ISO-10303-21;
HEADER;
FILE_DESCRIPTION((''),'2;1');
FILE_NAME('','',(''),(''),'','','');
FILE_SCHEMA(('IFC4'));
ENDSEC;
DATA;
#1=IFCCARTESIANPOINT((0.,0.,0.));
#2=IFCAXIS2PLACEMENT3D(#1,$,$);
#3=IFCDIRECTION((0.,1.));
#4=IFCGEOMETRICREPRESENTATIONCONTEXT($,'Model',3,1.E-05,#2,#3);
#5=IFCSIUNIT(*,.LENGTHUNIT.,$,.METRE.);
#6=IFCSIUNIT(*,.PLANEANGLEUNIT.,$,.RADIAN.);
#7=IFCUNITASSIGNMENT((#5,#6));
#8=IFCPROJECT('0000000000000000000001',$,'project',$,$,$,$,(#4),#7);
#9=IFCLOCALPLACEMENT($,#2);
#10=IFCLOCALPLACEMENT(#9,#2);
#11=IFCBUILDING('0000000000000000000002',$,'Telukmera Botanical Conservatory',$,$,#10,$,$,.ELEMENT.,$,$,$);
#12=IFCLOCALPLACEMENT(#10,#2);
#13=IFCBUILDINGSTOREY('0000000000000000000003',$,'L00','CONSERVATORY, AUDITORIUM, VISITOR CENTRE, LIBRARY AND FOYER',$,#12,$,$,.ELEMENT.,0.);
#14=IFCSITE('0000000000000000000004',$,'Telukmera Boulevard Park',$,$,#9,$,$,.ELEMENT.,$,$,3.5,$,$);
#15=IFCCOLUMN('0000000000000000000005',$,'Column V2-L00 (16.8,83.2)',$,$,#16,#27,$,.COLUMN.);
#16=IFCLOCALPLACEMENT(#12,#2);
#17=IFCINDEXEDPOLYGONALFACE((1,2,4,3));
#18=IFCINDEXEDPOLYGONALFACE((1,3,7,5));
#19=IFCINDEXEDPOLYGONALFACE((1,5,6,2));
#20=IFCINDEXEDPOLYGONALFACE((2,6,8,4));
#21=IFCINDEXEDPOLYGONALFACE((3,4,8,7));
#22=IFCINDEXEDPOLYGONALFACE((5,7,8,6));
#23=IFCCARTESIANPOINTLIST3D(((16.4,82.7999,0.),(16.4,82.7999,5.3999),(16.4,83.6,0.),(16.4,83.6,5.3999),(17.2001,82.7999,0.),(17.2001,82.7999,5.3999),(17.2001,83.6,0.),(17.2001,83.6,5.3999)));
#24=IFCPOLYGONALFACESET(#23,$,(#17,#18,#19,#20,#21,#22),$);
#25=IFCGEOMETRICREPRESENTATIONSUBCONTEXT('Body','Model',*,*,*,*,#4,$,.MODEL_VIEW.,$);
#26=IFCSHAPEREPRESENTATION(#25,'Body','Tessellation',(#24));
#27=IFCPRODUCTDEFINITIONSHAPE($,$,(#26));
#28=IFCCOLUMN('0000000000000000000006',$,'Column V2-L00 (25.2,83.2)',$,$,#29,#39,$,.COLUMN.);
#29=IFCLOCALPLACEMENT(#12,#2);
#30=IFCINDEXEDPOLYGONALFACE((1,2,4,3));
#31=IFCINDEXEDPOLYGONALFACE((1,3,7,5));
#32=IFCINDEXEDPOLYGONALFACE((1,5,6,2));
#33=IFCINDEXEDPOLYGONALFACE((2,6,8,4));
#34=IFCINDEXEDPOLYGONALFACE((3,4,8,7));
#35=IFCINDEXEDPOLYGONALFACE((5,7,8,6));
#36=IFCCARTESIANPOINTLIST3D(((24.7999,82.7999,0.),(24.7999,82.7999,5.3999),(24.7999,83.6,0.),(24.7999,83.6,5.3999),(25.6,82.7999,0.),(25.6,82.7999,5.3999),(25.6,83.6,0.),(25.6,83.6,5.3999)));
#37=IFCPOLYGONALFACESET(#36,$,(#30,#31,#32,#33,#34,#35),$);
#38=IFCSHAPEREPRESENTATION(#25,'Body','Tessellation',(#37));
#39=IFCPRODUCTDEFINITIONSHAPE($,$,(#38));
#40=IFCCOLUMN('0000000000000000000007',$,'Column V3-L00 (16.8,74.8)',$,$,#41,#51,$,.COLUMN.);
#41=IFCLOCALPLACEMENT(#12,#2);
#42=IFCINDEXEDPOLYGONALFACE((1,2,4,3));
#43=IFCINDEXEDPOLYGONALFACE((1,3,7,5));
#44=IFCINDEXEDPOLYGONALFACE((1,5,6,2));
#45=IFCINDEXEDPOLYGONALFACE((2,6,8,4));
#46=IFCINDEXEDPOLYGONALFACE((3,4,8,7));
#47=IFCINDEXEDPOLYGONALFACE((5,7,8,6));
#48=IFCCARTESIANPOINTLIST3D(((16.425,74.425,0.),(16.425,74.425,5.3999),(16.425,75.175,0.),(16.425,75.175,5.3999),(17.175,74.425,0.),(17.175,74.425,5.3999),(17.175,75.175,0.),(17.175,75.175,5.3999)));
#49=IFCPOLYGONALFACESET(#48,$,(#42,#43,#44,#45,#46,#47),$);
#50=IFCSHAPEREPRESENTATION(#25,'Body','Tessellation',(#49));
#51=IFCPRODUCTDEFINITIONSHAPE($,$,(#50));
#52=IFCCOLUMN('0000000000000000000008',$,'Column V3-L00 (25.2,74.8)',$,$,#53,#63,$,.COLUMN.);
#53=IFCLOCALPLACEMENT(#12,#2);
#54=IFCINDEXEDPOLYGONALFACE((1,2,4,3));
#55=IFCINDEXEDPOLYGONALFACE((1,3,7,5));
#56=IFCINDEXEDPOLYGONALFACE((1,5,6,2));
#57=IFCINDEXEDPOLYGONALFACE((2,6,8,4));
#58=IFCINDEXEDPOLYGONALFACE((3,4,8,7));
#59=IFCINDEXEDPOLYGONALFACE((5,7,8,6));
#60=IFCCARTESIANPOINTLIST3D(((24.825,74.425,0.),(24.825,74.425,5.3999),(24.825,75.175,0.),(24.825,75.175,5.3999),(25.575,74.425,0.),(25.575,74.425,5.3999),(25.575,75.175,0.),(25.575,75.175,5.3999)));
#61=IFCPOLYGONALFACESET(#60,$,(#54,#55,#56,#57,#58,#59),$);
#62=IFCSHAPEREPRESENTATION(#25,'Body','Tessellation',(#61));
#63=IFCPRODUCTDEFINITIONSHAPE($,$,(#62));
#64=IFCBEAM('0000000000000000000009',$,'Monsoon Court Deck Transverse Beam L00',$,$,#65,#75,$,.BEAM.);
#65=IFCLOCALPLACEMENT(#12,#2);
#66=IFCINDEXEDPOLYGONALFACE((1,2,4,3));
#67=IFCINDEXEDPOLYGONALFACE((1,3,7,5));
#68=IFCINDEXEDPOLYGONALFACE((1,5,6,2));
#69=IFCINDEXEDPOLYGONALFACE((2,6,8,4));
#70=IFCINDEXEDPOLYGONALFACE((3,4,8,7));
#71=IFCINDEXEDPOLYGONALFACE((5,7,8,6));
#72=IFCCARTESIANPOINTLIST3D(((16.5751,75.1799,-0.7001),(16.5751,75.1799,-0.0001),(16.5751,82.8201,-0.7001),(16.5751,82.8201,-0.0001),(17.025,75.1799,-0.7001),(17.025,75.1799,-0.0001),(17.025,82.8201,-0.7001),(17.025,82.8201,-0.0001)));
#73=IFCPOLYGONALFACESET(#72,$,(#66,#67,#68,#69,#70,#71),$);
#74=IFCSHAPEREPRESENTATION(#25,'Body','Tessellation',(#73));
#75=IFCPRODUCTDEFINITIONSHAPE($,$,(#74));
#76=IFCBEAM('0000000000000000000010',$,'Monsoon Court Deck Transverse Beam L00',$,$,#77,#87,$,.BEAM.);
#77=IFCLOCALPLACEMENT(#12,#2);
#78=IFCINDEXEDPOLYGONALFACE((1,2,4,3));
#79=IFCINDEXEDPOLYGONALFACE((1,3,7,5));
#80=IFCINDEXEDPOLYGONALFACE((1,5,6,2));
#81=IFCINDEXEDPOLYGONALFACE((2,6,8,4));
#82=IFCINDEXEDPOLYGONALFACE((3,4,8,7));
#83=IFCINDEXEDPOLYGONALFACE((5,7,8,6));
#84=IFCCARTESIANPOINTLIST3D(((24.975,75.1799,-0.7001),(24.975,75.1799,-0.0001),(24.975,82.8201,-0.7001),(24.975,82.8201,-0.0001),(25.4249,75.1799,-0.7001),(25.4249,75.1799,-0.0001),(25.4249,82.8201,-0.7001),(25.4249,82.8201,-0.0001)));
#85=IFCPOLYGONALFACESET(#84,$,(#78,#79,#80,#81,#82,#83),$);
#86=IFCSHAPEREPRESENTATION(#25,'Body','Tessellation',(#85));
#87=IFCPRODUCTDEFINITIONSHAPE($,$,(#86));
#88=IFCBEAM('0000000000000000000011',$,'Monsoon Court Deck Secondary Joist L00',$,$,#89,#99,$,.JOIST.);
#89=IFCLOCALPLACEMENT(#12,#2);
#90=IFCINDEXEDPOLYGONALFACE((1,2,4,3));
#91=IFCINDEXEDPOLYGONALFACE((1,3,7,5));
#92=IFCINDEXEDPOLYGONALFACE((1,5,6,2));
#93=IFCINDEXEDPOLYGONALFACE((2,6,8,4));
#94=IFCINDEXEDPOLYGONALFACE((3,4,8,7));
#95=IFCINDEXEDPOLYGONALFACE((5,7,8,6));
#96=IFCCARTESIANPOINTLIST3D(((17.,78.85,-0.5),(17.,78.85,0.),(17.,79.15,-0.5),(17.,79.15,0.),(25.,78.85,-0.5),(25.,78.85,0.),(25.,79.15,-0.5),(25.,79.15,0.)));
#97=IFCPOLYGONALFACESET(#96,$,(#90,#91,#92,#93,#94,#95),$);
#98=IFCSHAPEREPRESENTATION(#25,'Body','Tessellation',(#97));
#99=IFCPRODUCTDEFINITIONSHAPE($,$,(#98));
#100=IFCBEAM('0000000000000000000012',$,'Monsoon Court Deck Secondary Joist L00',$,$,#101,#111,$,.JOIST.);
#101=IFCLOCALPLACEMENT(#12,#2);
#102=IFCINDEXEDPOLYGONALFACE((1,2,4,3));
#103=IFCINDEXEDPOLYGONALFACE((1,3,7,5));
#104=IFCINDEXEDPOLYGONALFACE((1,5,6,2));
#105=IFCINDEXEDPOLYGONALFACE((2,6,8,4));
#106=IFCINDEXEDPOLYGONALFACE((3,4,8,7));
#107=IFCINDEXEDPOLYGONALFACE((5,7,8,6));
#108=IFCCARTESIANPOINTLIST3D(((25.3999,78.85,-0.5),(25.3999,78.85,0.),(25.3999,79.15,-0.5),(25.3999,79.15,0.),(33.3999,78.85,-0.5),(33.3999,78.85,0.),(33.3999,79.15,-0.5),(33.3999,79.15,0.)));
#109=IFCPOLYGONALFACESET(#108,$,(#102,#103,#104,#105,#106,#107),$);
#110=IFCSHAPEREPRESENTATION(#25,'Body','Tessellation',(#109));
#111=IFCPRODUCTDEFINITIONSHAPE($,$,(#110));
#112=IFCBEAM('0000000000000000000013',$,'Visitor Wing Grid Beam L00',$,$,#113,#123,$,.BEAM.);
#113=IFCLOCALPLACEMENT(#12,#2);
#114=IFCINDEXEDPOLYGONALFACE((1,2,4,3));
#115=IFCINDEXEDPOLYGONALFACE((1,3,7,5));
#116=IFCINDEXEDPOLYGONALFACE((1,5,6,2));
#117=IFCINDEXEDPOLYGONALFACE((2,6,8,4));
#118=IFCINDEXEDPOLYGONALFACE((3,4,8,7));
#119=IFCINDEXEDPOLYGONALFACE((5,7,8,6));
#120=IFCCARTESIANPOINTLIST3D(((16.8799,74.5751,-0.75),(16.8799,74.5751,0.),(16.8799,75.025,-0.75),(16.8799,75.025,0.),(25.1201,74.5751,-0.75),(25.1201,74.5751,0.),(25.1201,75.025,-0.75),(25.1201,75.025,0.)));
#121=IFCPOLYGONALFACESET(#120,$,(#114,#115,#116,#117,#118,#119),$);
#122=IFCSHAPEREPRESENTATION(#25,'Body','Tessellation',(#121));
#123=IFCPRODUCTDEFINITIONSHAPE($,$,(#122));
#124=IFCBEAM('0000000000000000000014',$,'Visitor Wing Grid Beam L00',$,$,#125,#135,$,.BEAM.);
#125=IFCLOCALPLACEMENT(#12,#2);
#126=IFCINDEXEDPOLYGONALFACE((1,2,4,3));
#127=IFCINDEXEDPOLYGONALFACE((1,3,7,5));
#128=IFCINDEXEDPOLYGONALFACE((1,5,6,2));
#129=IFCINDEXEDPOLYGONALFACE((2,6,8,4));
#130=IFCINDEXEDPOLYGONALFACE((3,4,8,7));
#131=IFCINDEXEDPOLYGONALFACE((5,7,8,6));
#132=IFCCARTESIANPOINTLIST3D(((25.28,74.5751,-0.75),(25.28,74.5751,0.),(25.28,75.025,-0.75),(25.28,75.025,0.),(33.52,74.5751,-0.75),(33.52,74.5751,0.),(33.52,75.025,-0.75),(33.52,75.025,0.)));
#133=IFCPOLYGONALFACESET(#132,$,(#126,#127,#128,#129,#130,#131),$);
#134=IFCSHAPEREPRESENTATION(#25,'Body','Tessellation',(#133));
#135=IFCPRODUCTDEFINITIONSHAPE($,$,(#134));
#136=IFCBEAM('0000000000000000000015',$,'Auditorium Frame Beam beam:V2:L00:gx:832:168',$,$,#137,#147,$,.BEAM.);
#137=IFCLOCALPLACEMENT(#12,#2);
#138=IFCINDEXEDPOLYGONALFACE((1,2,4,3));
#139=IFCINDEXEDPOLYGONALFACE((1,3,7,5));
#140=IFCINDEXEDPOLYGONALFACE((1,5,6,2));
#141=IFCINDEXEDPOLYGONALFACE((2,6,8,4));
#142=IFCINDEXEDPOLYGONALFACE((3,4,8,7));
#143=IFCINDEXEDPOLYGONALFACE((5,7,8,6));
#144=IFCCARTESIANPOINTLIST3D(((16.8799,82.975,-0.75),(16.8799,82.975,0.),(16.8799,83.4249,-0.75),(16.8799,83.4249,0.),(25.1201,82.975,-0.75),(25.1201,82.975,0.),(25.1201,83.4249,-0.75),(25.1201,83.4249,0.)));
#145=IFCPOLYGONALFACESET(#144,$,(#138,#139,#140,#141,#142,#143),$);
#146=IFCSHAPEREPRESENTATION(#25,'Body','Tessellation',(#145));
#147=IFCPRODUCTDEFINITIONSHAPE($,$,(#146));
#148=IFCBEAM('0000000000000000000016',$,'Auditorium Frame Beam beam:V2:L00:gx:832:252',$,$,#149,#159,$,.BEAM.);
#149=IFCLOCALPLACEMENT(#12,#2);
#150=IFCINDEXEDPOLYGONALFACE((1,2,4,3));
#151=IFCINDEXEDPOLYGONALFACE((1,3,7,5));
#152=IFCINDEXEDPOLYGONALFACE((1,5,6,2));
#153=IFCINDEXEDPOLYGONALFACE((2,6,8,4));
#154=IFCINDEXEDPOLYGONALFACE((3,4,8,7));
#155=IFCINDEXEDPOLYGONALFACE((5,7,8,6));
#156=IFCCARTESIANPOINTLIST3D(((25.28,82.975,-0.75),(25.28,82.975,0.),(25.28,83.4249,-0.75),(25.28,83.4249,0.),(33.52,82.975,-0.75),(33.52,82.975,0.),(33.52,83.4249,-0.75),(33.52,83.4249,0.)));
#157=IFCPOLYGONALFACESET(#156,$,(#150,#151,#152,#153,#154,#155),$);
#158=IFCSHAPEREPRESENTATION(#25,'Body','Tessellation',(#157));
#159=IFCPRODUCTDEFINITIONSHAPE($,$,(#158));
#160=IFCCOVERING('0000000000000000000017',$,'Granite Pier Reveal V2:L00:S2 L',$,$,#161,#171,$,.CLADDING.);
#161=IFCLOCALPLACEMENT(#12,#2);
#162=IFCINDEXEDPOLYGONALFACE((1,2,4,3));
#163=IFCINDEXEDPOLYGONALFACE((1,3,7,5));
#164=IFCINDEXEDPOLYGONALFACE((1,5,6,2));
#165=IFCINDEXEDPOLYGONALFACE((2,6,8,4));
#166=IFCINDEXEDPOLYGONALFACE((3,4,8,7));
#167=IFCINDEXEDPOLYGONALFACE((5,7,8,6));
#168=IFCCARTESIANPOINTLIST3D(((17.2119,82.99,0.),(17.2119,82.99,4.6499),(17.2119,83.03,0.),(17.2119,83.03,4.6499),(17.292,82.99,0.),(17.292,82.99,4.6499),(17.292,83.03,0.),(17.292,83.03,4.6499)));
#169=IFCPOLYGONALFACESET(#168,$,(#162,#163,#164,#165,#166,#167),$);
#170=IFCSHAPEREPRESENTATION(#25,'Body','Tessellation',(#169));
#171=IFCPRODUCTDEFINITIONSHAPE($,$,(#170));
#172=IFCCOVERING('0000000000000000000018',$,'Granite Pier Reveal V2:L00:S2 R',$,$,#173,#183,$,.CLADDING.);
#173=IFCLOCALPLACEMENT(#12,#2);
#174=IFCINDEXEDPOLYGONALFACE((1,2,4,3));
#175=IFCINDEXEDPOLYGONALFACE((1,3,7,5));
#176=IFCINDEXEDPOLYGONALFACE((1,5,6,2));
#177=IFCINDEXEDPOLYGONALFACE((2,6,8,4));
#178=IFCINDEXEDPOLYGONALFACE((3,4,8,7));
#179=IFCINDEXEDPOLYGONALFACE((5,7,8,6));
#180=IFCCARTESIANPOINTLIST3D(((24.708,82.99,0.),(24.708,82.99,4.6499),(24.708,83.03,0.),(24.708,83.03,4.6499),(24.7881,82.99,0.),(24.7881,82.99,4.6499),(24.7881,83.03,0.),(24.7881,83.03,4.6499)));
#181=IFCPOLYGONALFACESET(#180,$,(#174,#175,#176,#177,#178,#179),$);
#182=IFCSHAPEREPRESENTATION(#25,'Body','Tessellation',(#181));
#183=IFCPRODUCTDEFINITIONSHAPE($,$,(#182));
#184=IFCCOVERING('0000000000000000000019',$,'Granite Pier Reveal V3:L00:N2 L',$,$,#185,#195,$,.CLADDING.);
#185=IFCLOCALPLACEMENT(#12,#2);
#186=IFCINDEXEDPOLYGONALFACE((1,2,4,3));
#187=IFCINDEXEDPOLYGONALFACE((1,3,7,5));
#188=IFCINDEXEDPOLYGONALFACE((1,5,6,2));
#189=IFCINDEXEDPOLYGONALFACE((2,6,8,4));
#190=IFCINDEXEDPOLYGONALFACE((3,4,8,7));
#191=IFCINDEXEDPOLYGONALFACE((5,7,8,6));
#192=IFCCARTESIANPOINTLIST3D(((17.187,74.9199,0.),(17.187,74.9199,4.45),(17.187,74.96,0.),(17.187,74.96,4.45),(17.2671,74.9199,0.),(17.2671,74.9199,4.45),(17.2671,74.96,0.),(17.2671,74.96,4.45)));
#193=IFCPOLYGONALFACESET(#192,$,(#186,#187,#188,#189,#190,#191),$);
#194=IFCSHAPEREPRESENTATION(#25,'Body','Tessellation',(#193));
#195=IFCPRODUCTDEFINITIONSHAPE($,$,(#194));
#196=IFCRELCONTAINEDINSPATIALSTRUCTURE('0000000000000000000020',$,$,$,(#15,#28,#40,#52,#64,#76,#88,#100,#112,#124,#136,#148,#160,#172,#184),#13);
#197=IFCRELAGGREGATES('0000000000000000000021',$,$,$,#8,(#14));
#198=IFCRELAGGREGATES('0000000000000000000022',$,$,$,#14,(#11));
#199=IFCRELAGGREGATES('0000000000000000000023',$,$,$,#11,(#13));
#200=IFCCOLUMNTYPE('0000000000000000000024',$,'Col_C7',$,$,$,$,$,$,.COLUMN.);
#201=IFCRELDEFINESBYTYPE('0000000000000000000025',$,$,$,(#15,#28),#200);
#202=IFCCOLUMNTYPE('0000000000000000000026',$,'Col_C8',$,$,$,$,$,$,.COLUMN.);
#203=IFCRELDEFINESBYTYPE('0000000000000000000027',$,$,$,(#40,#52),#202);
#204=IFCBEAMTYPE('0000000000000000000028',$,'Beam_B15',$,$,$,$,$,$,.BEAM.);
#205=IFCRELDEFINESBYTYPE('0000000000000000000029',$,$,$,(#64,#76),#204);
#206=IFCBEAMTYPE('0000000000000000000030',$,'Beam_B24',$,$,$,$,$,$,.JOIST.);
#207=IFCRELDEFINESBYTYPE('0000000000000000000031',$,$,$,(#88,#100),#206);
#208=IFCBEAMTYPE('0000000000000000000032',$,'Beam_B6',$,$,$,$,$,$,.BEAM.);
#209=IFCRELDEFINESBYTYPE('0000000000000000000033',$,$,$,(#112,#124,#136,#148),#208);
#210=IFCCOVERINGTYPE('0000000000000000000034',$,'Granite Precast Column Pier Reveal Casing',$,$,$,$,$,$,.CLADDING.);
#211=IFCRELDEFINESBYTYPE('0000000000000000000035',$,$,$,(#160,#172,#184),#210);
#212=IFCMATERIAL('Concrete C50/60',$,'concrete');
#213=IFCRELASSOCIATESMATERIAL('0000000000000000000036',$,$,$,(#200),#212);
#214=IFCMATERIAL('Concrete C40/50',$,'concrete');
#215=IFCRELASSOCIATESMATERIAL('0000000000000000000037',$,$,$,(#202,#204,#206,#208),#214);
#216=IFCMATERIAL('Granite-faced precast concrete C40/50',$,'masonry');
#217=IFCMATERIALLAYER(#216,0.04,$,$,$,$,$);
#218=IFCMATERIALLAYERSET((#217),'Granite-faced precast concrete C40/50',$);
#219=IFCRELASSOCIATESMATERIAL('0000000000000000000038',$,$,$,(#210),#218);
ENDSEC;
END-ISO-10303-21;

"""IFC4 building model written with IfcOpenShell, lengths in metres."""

from ifc_helpers import new_model, si_unit, direction, frame, origin, origin_2d, place, context, subcontext, project, spatial, rectangle, extrude, material, layer, layer_set, material_profile, profile_set, type_object, element, save


model = new_model("IFC4")

# Units and contexts
model_context = context("Model", 3, precision=1e-05, world=origin(), true_north=direction((0.0, 1.0)))
body_context = subcontext(model_context, "Body", "Model", "MODEL_VIEW")
ifc_project = project(units=[si_unit("LENGTHUNIT", "METRE"), si_unit("PLANEANGLEUNIT", "RADIAN")], contexts=[model_context])

# Site, building, storey
site_placement = place(None, origin())
site = spatial("IfcSite", under=ifc_project, at=site_placement, Name="Telukmera Boulevard Park", CompositionType="ELEMENT", RefElevation=3.5)
building_placement = place(site_placement, origin())
building = spatial("IfcBuilding", under=site, at=building_placement, Name="Telukmera Botanical Conservatory", CompositionType="ELEMENT")
storey_placement = place(building_placement, origin())
storey = spatial("IfcBuildingStorey", under=building, at=storey_placement, Name="L00", Description="CONSERVATORY, AUDITORIUM, VISITOR CENTRE, LIBRARY AND FOYER", CompositionType="ELEMENT", Elevation=0.0)

# Columns
ifc_material_1 = material(Name="Concrete C50/60", Category="concrete")
ifc_material_profile_1 = material_profile(ifc_material_1, rectangle(XDim=0.8, YDim=0.8, at=origin_2d()), Name="RC 800x800")
ifc_profile_set_1 = profile_set([ifc_material_profile_1], Name="Concrete C50/60")
column_type_1 = type_object("IfcColumnType", Name="Col_C7", PredefinedType="COLUMN", material=ifc_profile_set_1)
for number, where, z_axis, x_axis, name in (
    (1, (16.8, 83.2, 0.0), (0.0, 0.0, 1.0), (1.0, 0.0, 0.0), "Column V2-L00 (16.8,83.2)"),
    (2, (25.2, 83.2, 0.0), (0.0, 0.0, 1.0), (1.0, 0.0, 0.0), "Column V2-L00 (25.2,83.2)"),
):
    element("IfcColumn", number, at=place(storey_placement, frame(where, z_axis=z_axis, x_axis=x_axis)), inside=storey, type_object=column_type_1, Name=name, PredefinedType="COLUMN", context=body_context, shape_type="SweptSolid", body=[
        extrude(rectangle(XDim=0.8, YDim=0.8, at=origin_2d()), origin(), (0.0, 0.0, 1.0), 5.3999),
    ])
ifc_material_2 = material(Name="Concrete C40/50", Category="concrete")
ifc_material_profile_2 = material_profile(ifc_material_2, rectangle(XDim=0.75, YDim=0.75, at=origin_2d()), Name="RC 750x750")
ifc_profile_set_2 = profile_set([ifc_material_profile_2], Name="Concrete C40/50")
column_type_2 = type_object("IfcColumnType", Name="Col_C8", PredefinedType="COLUMN", material=ifc_profile_set_2)
for number, where, z_axis, x_axis, name in (
    (3, (16.8, 74.8, 0.0), (0.0, 0.0, 1.0), (1.0, 0.0, 0.0), "Column V3-L00 (16.8,74.8)"),
    (4, (25.2, 74.8, 0.0), (0.0, 0.0, 1.0), (1.0, 0.0, 0.0), "Column V3-L00 (25.2,74.8)"),
):
    element("IfcColumn", number, at=place(storey_placement, frame(where, z_axis=z_axis, x_axis=x_axis)), inside=storey, type_object=column_type_2, Name=name, PredefinedType="COLUMN", context=body_context, shape_type="SweptSolid", body=[
        extrude(rectangle(XDim=0.75, YDim=0.75, at=origin_2d()), origin(), (0.0, 0.0, 1.0), 5.3999),
    ])

# Beams
ifc_material_profile_3 = material_profile(ifc_material_2, rectangle(XDim=0.45, YDim=0.7, at=origin_2d()), Name="RC 450x700")
ifc_profile_set_3 = profile_set([ifc_material_profile_3], Name="Concrete C40/50")
beam_type_1 = type_object("IfcBeamType", Name="Beam_B15", PredefinedType="BEAM", material=ifc_profile_set_3)
for number, where, z_axis, x_axis, name in (
    (5, (16.8, 75.1799, -0.3501), (0.0, 1.0, 0.0), (-1.0, 0.0, 0.0), "Monsoon Court Deck Transverse Beam L00"),
    (6, (25.2, 75.1799, -0.3501), (0.0, 1.0, 0.0), (-1.0, 0.0, 0.0), "Monsoon Court Deck Transverse Beam L00"),
):
    element("IfcBeam", number, at=place(storey_placement, frame(where, z_axis=z_axis, x_axis=x_axis)), inside=storey, type_object=beam_type_1, Name=name, PredefinedType="BEAM", context=body_context, shape_type="SweptSolid", body=[
        extrude(rectangle(XDim=0.45, YDim=0.7, at=origin_2d()), origin(), (0.0, 0.0, 1.0), 7.6401),
    ])
ifc_material_profile_4 = material_profile(ifc_material_2, rectangle(XDim=0.3, YDim=0.5, at=origin_2d()), Name="RC 300x500")
ifc_profile_set_4 = profile_set([ifc_material_profile_4], Name="Concrete C40/50")
beam_type_2 = type_object("IfcBeamType", Name="Beam_B24", PredefinedType="JOIST", material=ifc_profile_set_4)
for number, where, z_axis, x_axis, name in (
    (7, (17.0, 79.0, -0.25), (1.0, 0.0, 0.0), (0.0, 1.0, 0.0), "Monsoon Court Deck Secondary Joist L00"),
    (8, (25.3999, 79.0, -0.25), (1.0, 0.0, 0.0), (0.0, 1.0, 0.0), "Monsoon Court Deck Secondary Joist L00"),
):
    element("IfcBeam", number, at=place(storey_placement, frame(where, z_axis=z_axis, x_axis=x_axis)), inside=storey, type_object=beam_type_2, Name=name, PredefinedType="JOIST", context=body_context, shape_type="SweptSolid", body=[
        extrude(rectangle(XDim=0.3, YDim=0.5, at=origin_2d()), origin(), (0.0, 0.0, 1.0), 8.0),
    ])
ifc_material_profile_5 = material_profile(ifc_material_2, rectangle(XDim=0.45, YDim=0.75, at=origin_2d()), Name="RC 450x750")
ifc_profile_set_5 = profile_set([ifc_material_profile_5], Name="Concrete C40/50")
beam_type_3 = type_object("IfcBeamType", Name="Beam_B6", PredefinedType="BEAM", material=ifc_profile_set_5)
beam_1_placement = place(storey_placement, frame((16.8799, 74.8, -0.375), z_axis=(1.0, 0.0, 0.0), x_axis=(0.0, 1.0, 0.0)))
element("IfcBeam", 9, at=beam_1_placement, inside=storey, type_object=beam_type_3, Name="Visitor Wing Grid Beam L00", PredefinedType="BEAM", context=body_context, shape_type="SweptSolid", body=[
    extrude(rectangle(XDim=0.45, YDim=0.75, at=origin_2d()), origin(), (0.0, 0.0, 1.0), 8.2402),
])
beam_2_placement = place(storey_placement, frame((25.28, 74.8, -0.375), z_axis=(1.0, 0.0, 0.0), x_axis=(0.0, 1.0, 0.0)))
element("IfcBeam", 10, at=beam_2_placement, inside=storey, type_object=beam_type_3, Name="Visitor Wing Grid Beam L00", PredefinedType="BEAM", context=body_context, shape_type="SweptSolid", body=[
    extrude(rectangle(XDim=0.45, YDim=0.75, at=origin_2d()), origin(), (0.0, 0.0, 1.0), 8.24),
])
beam_3_placement = place(storey_placement, frame((16.8799, 83.2, -0.375), z_axis=(1.0, 0.0, 0.0), x_axis=(0.0, 1.0, 0.0)))
element("IfcBeam", 11, at=beam_3_placement, inside=storey, type_object=beam_type_3, Name="Auditorium Frame Beam beam:V2:L00:gx:832:168", PredefinedType="BEAM", context=body_context, shape_type="SweptSolid", body=[
    extrude(rectangle(XDim=0.45, YDim=0.75, at=origin_2d()), origin(), (0.0, 0.0, 1.0), 8.2402),
])
beam_4_placement = place(storey_placement, frame((25.28, 83.2, -0.375), z_axis=(1.0, 0.0, 0.0), x_axis=(0.0, 1.0, 0.0)))
element("IfcBeam", 12, at=beam_4_placement, inside=storey, type_object=beam_type_3, Name="Auditorium Frame Beam beam:V2:L00:gx:832:252", PredefinedType="BEAM", context=body_context, shape_type="SweptSolid", body=[
    extrude(rectangle(XDim=0.45, YDim=0.75, at=origin_2d()), origin(), (0.0, 0.0, 1.0), 8.24),
])

# Shared definitions
ifc_material_3 = material(Name="Granite-faced precast concrete C40/50", Category="masonry")

# Coverings
ifc_layer_1 = layer(ifc_material_3, 0.04)
ifc_layer_set_1 = layer_set([ifc_layer_1], Name="Granite-faced precast concrete C40/50")
covering_type_1 = type_object("IfcCoveringType", Name="Granite Precast Column Pier Reveal Casing", PredefinedType="CLADDING", material=ifc_layer_set_1)
for number, where, z_axis, x_axis, name in (
    (13, (17.252, 83.01, 0.0), (0.0, 0.0, 1.0), (1.0, 0.0, 0.0), "Granite Pier Reveal V2:L00:S2 L"),
    (14, (24.748, 83.01, 0.0), (0.0, 0.0, 1.0), (1.0, 0.0, 0.0), "Granite Pier Reveal V2:L00:S2 R"),
):
    element("IfcCovering", number, at=place(storey_placement, frame(where, z_axis=z_axis, x_axis=x_axis)), inside=storey, type_object=covering_type_1, Name=name, PredefinedType="CLADDING", context=body_context, shape_type="SweptSolid", body=[
        extrude(rectangle(XDim=0.0801, YDim=0.04, at=origin_2d()), origin(), (0.0, 0.0, 1.0), 4.6499),
    ])
for number, where, z_axis, x_axis, name in (
    (15, (17.2271, 74.9399, 0.0), (0.0, 0.0, 1.0), (1.0, 0.0, 0.0), "Granite Pier Reveal V3:L00:N2 L"),
):
    element("IfcCovering", number, at=place(storey_placement, frame(where, z_axis=z_axis, x_axis=x_axis)), inside=storey, type_object=covering_type_1, Name=name, PredefinedType="CLADDING", context=body_context, shape_type="SweptSolid", body=[
        extrude(rectangle(XDim=0.0801, YDim=0.04, at=origin_2d()), origin(), (0.0, 0.0, 1.0), 4.45),
    ])

save(model, "model.ifc")
